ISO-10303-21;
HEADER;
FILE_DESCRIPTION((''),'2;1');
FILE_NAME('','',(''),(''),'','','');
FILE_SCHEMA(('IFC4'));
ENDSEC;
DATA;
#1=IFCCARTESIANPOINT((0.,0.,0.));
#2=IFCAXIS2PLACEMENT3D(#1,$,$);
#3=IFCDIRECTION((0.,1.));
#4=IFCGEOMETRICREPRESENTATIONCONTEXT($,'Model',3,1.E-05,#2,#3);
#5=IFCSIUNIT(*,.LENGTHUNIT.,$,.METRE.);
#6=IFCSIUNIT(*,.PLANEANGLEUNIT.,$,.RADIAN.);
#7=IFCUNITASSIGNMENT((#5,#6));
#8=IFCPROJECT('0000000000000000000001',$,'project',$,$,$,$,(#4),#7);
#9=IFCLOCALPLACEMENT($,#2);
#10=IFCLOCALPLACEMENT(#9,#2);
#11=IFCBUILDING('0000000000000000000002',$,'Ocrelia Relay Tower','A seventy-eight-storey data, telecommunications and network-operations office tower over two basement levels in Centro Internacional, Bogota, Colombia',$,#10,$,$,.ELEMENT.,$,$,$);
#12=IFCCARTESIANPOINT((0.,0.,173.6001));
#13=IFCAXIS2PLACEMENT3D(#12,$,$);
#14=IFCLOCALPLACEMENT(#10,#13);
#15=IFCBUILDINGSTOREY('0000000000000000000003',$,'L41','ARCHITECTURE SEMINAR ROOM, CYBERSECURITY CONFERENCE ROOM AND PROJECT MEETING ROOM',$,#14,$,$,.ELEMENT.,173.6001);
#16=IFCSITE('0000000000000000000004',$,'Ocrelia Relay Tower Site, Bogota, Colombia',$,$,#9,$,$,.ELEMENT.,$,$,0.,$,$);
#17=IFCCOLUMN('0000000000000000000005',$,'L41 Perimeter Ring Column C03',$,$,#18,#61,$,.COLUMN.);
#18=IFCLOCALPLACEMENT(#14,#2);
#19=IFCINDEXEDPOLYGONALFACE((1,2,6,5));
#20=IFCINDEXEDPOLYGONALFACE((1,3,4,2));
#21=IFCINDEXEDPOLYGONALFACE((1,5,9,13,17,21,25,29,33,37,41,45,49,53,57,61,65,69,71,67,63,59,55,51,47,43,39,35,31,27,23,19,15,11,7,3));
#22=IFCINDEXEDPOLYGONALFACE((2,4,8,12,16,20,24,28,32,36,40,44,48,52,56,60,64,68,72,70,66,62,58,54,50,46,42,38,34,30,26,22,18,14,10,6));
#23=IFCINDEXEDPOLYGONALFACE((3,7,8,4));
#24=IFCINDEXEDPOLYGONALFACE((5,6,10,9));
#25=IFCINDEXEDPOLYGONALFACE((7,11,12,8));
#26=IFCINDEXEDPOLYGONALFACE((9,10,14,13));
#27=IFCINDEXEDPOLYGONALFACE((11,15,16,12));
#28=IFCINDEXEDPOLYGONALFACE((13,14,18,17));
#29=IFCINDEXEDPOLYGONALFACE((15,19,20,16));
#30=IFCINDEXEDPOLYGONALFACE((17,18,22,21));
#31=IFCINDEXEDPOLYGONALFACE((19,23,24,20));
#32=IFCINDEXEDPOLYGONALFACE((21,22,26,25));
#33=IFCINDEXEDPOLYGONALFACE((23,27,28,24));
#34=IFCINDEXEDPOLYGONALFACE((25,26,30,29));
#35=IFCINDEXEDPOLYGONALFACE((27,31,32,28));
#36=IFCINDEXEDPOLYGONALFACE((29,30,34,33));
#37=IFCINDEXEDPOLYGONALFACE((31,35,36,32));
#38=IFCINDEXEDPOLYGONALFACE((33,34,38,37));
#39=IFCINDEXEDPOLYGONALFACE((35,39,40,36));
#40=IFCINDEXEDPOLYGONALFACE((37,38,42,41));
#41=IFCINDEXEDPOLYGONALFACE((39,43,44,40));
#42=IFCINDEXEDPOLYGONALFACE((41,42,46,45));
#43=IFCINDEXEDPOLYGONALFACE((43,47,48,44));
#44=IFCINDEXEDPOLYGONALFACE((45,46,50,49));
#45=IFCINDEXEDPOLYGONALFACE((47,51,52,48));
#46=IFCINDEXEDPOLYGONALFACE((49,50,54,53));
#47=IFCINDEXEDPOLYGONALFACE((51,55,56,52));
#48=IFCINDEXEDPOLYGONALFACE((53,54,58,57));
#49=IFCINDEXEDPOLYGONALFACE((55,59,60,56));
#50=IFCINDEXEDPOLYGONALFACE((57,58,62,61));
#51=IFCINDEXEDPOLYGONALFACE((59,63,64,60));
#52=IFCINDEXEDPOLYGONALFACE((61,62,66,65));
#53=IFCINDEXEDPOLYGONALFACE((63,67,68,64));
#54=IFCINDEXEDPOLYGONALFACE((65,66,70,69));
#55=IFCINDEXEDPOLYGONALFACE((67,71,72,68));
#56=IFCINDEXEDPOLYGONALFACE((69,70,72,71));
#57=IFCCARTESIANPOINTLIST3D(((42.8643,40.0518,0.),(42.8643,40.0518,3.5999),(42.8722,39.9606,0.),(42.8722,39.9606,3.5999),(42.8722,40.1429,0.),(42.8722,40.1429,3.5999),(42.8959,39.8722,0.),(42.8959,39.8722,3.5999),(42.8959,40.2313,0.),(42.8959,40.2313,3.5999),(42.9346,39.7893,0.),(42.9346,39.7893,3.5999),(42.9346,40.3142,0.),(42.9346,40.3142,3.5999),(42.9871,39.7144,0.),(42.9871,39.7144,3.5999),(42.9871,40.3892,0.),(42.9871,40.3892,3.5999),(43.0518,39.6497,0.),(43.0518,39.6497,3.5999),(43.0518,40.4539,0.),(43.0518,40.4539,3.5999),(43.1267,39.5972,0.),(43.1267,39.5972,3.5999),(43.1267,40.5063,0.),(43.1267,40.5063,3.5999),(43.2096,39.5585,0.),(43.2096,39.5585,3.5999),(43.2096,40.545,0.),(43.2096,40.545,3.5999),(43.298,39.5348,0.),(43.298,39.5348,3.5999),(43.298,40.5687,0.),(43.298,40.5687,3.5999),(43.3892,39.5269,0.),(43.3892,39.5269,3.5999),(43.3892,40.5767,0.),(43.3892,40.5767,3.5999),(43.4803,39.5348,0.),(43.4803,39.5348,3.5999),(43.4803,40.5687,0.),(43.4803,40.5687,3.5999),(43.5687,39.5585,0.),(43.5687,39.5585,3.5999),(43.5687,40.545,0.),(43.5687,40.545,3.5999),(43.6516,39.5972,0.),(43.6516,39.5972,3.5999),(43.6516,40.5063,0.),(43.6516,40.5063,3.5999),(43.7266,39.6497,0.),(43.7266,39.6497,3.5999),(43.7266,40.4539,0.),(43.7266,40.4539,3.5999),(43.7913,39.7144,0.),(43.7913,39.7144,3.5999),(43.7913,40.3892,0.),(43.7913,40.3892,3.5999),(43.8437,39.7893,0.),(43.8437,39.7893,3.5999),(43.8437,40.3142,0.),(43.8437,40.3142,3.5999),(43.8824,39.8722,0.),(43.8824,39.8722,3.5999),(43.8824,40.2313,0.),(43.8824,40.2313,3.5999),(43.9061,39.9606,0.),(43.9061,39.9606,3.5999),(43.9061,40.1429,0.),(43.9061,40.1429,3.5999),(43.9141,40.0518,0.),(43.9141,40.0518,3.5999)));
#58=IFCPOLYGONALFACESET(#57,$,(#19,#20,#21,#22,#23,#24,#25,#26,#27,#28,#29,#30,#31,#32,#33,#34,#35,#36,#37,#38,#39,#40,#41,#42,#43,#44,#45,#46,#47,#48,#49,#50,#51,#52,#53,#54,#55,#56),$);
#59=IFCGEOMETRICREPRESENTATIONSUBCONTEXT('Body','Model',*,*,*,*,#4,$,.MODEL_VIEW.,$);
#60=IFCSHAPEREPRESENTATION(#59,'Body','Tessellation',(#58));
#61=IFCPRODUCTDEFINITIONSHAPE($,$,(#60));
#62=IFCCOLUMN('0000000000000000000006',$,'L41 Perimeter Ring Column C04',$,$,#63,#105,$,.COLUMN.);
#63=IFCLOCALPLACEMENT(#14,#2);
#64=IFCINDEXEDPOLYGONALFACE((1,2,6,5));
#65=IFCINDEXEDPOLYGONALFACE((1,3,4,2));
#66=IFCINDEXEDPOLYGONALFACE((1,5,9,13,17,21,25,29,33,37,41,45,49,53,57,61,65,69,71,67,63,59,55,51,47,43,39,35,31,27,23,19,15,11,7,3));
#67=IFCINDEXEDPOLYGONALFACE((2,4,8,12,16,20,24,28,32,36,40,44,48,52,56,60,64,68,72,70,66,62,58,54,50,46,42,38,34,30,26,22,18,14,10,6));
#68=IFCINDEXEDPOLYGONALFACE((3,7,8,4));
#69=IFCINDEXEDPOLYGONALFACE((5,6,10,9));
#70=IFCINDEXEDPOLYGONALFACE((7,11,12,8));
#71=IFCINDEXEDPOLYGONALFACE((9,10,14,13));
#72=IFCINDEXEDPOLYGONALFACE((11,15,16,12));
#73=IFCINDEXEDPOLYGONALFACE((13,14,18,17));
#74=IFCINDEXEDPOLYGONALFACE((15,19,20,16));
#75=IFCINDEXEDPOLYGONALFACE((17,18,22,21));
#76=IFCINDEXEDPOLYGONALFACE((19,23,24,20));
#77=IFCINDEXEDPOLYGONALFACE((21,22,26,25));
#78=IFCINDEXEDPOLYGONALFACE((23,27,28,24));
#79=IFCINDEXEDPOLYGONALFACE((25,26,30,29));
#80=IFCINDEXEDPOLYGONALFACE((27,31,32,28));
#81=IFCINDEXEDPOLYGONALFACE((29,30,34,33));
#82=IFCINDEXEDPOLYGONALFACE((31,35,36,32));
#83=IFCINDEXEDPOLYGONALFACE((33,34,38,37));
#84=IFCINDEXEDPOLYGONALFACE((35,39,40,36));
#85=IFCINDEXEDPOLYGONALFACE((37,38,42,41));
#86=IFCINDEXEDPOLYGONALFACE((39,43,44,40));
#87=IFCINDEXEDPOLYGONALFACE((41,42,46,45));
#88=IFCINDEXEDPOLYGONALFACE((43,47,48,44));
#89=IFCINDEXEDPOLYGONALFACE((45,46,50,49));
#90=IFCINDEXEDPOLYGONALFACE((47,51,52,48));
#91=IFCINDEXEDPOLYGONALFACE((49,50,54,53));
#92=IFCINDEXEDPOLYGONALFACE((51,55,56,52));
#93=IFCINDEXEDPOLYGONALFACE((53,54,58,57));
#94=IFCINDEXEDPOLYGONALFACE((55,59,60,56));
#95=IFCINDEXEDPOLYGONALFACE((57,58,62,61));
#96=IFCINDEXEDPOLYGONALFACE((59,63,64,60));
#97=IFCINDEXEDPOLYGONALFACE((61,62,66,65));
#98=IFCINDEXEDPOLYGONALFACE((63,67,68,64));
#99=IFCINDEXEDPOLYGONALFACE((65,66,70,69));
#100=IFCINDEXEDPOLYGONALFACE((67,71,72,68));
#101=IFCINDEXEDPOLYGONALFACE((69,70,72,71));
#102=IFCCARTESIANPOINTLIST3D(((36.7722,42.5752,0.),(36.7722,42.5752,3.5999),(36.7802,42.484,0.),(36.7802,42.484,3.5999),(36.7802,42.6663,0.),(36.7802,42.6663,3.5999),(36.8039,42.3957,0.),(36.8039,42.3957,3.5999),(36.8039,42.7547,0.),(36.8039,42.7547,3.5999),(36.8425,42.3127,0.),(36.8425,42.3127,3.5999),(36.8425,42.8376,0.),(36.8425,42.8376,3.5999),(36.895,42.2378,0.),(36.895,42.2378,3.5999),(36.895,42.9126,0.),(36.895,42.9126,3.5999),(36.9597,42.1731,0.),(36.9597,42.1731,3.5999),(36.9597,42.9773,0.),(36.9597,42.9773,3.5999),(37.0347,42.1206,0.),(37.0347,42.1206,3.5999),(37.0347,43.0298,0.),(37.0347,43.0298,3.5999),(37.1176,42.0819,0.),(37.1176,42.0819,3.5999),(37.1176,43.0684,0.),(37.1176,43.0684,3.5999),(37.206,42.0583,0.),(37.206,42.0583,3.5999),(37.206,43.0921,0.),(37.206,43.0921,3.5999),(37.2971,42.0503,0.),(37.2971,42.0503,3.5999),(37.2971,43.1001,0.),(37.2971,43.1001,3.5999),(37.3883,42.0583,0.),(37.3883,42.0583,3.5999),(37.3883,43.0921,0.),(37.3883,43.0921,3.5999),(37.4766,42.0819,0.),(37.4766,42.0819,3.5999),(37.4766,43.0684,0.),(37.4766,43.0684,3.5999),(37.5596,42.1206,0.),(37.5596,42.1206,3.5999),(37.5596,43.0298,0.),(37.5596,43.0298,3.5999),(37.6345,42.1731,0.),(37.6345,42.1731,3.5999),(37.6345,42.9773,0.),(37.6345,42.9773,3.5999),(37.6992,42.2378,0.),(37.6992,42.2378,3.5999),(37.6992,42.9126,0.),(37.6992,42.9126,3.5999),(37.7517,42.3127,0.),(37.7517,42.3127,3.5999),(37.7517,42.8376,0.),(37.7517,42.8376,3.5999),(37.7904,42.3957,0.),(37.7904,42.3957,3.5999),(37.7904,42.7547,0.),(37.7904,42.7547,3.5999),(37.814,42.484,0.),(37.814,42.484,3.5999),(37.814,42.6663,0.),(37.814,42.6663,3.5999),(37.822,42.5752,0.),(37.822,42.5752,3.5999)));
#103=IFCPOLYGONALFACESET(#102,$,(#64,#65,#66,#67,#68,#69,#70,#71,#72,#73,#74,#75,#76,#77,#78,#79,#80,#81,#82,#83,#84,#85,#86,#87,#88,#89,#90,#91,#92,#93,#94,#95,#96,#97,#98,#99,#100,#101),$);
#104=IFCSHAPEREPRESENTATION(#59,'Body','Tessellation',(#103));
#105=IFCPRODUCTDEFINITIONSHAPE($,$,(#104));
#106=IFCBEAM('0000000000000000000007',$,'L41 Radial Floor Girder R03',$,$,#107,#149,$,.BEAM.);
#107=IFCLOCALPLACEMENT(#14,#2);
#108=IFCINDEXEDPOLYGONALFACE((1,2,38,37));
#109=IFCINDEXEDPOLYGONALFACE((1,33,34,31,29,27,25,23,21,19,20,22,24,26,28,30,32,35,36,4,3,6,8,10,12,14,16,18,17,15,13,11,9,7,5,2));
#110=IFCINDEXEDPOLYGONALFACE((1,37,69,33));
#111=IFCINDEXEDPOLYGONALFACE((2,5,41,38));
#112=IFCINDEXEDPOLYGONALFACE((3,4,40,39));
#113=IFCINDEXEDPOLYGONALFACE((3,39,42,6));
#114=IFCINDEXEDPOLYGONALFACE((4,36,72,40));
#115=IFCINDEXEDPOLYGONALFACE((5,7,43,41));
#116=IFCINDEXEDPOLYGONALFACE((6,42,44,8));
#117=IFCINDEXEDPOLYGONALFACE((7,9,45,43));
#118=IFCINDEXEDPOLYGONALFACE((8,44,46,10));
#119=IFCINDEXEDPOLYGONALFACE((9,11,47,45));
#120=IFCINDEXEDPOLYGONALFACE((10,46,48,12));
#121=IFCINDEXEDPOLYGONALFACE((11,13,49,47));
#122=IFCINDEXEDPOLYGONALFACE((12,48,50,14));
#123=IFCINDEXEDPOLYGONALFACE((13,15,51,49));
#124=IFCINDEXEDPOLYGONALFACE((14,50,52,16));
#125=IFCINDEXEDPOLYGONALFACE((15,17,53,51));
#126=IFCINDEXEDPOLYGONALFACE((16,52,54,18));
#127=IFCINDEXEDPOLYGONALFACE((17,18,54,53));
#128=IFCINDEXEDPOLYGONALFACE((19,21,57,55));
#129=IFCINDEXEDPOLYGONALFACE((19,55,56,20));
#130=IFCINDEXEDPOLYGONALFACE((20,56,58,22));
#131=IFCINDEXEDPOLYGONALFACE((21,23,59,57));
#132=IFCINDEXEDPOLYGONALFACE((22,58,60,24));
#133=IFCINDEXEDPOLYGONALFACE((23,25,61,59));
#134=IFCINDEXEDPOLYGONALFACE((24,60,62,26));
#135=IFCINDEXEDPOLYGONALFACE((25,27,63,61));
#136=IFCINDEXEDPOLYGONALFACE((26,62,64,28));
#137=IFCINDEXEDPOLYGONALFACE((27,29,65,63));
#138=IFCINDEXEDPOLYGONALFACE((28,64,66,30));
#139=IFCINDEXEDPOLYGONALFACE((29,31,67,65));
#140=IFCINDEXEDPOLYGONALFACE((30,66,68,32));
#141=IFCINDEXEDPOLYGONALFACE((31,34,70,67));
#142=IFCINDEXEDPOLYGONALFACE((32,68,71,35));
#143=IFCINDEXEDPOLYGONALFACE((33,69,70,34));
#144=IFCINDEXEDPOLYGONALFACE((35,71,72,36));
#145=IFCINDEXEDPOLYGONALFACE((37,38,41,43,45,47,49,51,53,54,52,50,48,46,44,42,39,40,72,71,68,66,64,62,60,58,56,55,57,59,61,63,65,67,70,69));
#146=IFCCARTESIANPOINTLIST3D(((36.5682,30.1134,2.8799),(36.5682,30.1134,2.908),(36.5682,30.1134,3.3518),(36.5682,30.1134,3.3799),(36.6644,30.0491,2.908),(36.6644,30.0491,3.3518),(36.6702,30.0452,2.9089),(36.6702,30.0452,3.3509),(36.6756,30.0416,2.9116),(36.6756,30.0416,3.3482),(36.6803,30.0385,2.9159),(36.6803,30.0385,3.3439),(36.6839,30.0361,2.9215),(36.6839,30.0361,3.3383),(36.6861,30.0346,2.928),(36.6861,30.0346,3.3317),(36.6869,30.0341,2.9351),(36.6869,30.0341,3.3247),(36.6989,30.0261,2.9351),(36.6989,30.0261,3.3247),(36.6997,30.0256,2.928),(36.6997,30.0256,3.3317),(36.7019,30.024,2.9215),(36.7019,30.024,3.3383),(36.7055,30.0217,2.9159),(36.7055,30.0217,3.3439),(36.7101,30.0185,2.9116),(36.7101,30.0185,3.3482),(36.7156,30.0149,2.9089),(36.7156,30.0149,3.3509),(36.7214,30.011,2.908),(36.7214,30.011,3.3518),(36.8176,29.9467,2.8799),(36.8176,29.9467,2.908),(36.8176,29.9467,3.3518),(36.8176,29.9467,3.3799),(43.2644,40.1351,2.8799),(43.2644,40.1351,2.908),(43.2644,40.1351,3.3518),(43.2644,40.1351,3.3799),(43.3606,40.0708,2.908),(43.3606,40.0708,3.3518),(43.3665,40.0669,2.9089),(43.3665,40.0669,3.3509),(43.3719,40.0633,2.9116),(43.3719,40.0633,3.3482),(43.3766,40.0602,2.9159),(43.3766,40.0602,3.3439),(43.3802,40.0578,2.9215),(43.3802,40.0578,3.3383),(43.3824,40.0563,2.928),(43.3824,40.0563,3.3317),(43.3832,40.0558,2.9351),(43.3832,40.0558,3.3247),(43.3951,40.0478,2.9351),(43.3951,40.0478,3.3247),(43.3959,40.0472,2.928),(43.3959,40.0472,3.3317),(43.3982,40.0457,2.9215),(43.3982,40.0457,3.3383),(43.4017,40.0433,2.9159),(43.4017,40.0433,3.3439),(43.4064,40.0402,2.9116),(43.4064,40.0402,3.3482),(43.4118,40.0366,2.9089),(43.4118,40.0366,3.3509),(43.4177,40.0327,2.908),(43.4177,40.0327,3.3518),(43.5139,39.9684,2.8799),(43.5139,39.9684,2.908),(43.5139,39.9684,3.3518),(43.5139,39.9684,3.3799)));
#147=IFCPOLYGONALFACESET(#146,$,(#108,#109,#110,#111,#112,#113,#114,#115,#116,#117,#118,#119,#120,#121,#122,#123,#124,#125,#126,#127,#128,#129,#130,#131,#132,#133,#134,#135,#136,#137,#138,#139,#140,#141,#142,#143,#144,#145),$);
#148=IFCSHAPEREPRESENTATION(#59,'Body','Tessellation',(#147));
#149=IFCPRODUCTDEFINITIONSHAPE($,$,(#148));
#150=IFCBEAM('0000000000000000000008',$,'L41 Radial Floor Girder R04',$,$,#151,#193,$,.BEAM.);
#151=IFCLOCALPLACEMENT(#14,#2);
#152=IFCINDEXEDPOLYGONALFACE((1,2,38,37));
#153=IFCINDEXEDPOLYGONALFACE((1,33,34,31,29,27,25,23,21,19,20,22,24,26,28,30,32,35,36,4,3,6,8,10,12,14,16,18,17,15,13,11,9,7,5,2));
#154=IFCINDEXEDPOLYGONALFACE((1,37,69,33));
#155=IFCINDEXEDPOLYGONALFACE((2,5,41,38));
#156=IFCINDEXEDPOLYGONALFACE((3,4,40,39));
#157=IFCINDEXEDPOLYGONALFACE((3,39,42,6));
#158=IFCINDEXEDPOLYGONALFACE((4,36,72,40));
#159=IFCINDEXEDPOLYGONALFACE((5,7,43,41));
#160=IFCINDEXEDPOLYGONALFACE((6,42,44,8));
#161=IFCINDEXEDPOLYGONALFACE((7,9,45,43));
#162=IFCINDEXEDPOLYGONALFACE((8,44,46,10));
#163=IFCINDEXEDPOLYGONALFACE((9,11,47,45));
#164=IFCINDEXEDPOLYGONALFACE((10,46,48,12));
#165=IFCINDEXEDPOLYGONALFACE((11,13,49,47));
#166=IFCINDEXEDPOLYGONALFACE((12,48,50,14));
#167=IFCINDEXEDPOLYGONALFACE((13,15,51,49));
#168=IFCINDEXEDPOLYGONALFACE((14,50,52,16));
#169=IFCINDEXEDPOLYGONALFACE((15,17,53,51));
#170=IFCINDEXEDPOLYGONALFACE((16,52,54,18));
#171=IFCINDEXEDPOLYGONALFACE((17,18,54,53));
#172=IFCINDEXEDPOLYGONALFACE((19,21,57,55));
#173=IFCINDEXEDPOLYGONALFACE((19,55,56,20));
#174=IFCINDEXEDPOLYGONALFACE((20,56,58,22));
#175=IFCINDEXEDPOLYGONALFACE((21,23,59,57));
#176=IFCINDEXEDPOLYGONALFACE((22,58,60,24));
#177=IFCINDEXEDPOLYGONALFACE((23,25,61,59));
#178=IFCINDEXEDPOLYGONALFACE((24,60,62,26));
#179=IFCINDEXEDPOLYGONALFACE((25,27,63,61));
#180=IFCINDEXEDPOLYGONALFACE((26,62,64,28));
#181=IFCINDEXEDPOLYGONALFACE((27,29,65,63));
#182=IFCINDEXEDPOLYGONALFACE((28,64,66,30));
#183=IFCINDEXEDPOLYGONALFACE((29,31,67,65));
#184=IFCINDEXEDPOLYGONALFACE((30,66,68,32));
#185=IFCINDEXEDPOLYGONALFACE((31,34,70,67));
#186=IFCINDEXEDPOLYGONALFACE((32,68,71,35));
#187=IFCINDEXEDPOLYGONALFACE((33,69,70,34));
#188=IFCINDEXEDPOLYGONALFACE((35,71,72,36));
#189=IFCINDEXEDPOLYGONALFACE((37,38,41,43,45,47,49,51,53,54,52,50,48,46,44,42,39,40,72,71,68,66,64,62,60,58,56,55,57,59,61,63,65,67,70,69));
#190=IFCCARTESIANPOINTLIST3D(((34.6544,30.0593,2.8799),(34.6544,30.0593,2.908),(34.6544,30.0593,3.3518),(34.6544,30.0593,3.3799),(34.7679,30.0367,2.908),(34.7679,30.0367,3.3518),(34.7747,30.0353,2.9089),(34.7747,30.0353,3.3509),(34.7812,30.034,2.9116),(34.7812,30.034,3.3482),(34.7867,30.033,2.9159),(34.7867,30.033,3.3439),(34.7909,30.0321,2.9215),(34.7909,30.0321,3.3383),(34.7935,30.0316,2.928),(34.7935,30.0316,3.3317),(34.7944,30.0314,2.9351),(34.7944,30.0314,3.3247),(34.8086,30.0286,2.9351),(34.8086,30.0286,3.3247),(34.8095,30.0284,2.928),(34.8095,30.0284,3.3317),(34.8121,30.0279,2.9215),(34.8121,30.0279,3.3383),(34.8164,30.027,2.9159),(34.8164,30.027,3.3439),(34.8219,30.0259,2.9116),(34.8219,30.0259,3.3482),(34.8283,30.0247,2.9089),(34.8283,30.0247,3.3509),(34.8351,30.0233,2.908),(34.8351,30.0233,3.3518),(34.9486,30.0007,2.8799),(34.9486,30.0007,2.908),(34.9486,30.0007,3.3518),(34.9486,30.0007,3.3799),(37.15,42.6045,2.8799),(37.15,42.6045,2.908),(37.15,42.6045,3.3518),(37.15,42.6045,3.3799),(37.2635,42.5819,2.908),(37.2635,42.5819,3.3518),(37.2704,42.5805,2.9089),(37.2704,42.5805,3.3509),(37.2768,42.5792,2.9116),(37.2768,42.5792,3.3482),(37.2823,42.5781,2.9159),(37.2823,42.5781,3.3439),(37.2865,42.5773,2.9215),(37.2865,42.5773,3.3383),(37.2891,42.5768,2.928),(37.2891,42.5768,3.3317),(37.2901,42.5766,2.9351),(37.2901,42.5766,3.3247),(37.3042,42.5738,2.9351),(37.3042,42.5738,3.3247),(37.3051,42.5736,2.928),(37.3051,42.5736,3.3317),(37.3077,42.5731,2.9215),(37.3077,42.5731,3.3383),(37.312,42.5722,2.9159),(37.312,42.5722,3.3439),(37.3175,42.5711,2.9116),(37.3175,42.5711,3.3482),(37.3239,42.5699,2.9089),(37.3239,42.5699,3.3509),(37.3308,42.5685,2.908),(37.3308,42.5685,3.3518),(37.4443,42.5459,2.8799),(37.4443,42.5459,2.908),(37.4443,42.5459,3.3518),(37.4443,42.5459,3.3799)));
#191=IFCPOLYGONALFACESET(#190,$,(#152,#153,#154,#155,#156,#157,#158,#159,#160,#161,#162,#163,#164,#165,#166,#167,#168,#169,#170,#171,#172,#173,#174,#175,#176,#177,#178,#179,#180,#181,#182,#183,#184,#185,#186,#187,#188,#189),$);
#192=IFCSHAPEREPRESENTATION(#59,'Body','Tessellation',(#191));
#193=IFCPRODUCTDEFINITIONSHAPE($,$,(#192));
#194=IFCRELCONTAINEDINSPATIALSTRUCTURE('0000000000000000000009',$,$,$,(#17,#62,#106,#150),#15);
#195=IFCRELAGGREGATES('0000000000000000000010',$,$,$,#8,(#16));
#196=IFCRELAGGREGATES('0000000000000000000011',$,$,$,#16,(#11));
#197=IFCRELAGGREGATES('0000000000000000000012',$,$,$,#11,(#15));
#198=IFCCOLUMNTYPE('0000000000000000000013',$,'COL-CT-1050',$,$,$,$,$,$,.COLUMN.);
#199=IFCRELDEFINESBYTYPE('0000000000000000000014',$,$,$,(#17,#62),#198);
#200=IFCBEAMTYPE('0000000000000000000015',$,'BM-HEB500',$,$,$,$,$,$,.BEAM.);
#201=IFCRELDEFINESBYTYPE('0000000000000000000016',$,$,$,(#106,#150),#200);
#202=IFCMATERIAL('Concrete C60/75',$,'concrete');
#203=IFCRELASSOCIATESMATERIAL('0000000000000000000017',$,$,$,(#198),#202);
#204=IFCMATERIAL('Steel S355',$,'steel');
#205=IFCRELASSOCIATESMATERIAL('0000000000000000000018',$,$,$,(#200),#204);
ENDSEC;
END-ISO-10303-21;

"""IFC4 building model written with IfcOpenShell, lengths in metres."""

from ifc_helpers import new_model, si_unit, direction, frame, origin, origin_2d, place, context, subcontext, project, spatial, circle, i_section, extrude, material, material_profile, profile_set, type_object, element, save


model = new_model("IFC4")

# Units and contexts
model_context = context("Model", 3, precision=1e-05, world=origin(), true_north=direction((0.0, 1.0)))
body_context = subcontext(model_context, "Body", "Model", "MODEL_VIEW")
ifc_project = project(units=[si_unit("LENGTHUNIT", "METRE"), si_unit("PLANEANGLEUNIT", "RADIAN")], contexts=[model_context])

# Site, building, storey
site_placement = place(None, origin())
site = spatial("IfcSite", under=ifc_project, at=site_placement, Name="Ocrelia Relay Tower Site, Bogota, Colombia", CompositionType="ELEMENT", RefElevation=0.0)
building_placement = place(site_placement, origin())
building = spatial("IfcBuilding", under=site, at=building_placement, Name="Ocrelia Relay Tower", Description="A seventy-eight-storey data, telecommunications and network-operations office tower over two basement levels in Centro Internacional, Bogota, Colombia", CompositionType="ELEMENT")
storey_placement = place(building_placement, frame((0.0, 0.0, 173.6001)))
storey = spatial("IfcBuildingStorey", under=building, at=storey_placement, Name="L41", Description="ARCHITECTURE SEMINAR ROOM, CYBERSECURITY CONFERENCE ROOM AND PROJECT MEETING ROOM", CompositionType="ELEMENT", Elevation=173.6001)

# Columns
ifc_material_1 = material(Name="Concrete C60/75", Category="concrete")
ifc_material_profile_1 = material_profile(ifc_material_1, circle(Radius=0.5249, at=origin_2d()), Name="RC-CIR-1050")
ifc_profile_set_1 = profile_set([ifc_material_profile_1], Name="Concrete C60/75")
column_type = type_object("IfcColumnType", Name="COL-CT-1050", PredefinedType="COLUMN", material=ifc_profile_set_1)
for number, where, z_axis, x_axis, name in (
    (1, (43.3892, 40.0518, 0.0), (0.0, 0.0, 1.0), (1.0, 0.0, 0.0), "L41 Perimeter Ring Column C03"),
    (2, (37.2971, 42.5752, 0.0), (0.0, 0.0, 1.0), (1.0, 0.0, 0.0), "L41 Perimeter Ring Column C04"),
):
    element("IfcColumn", number, at=place(storey_placement, frame(where, z_axis=z_axis, x_axis=x_axis)), inside=storey, type_object=column_type, Name=name, PredefinedType="COLUMN", context=body_context, shape_type="SweptSolid", body=[
        extrude(circle(Radius=0.5249, at=origin_2d()), origin(), (0.0, 0.0, 1.0), 3.5999),
    ])

# Beams
ifc_material_2 = material(Name="Steel S355", Category="steel")
ifc_material_profile_2 = material_profile(ifc_material_2, i_section(OverallWidth=0.3, OverallDepth=0.5, WebThickness=0.0144, FlangeThickness=0.0281, FilletRadius=0.0271, at=origin_2d()), Name="HEB 500")
ifc_profile_set_2 = profile_set([ifc_material_profile_2], Name="Steel S355")
beam_type_1 = type_object("IfcBeamType", Name="BM-HEB500", PredefinedType="BEAM", material=ifc_profile_set_2)
beam_1_placement = place(storey_placement, frame((43.3892, 40.0518, 3.1299), z_axis=(-0.555569, -0.83147, 0.0), x_axis=(0.83147, -0.555569, 0.0)))
element("IfcBeam", 3, at=beam_1_placement, inside=storey, type_object=beam_type_1, Name="L41 Radial Floor Girder R03", PredefinedType="BEAM", context=body_context, shape_type="SweptSolid", body=[
    extrude(i_section(OverallWidth=0.3, OverallDepth=0.5, WebThickness=0.0144, FlangeThickness=0.0281, FilletRadius=0.0271, at=origin_2d()), origin(), (0.0, 0.0, 1.0), 12.053),
])
beam_2_placement = place(storey_placement, frame((37.2971, 42.5752, 3.1299), z_axis=(-0.195107, -0.980782, 0.0), x_axis=(0.980782, -0.195107, 0.0)))
element("IfcBeam", 4, at=beam_2_placement, inside=storey, type_object=beam_type_1, Name="L41 Radial Floor Girder R04", PredefinedType="BEAM", context=body_context, shape_type="SweptSolid", body=[
    extrude(i_section(OverallWidth=0.3, OverallDepth=0.5, WebThickness=0.0144, FlangeThickness=0.0281, FilletRadius=0.0271, at=origin_2d()), origin(), (0.0, 0.0, 1.0), 12.791),
])

save(model, "model.ifc")
